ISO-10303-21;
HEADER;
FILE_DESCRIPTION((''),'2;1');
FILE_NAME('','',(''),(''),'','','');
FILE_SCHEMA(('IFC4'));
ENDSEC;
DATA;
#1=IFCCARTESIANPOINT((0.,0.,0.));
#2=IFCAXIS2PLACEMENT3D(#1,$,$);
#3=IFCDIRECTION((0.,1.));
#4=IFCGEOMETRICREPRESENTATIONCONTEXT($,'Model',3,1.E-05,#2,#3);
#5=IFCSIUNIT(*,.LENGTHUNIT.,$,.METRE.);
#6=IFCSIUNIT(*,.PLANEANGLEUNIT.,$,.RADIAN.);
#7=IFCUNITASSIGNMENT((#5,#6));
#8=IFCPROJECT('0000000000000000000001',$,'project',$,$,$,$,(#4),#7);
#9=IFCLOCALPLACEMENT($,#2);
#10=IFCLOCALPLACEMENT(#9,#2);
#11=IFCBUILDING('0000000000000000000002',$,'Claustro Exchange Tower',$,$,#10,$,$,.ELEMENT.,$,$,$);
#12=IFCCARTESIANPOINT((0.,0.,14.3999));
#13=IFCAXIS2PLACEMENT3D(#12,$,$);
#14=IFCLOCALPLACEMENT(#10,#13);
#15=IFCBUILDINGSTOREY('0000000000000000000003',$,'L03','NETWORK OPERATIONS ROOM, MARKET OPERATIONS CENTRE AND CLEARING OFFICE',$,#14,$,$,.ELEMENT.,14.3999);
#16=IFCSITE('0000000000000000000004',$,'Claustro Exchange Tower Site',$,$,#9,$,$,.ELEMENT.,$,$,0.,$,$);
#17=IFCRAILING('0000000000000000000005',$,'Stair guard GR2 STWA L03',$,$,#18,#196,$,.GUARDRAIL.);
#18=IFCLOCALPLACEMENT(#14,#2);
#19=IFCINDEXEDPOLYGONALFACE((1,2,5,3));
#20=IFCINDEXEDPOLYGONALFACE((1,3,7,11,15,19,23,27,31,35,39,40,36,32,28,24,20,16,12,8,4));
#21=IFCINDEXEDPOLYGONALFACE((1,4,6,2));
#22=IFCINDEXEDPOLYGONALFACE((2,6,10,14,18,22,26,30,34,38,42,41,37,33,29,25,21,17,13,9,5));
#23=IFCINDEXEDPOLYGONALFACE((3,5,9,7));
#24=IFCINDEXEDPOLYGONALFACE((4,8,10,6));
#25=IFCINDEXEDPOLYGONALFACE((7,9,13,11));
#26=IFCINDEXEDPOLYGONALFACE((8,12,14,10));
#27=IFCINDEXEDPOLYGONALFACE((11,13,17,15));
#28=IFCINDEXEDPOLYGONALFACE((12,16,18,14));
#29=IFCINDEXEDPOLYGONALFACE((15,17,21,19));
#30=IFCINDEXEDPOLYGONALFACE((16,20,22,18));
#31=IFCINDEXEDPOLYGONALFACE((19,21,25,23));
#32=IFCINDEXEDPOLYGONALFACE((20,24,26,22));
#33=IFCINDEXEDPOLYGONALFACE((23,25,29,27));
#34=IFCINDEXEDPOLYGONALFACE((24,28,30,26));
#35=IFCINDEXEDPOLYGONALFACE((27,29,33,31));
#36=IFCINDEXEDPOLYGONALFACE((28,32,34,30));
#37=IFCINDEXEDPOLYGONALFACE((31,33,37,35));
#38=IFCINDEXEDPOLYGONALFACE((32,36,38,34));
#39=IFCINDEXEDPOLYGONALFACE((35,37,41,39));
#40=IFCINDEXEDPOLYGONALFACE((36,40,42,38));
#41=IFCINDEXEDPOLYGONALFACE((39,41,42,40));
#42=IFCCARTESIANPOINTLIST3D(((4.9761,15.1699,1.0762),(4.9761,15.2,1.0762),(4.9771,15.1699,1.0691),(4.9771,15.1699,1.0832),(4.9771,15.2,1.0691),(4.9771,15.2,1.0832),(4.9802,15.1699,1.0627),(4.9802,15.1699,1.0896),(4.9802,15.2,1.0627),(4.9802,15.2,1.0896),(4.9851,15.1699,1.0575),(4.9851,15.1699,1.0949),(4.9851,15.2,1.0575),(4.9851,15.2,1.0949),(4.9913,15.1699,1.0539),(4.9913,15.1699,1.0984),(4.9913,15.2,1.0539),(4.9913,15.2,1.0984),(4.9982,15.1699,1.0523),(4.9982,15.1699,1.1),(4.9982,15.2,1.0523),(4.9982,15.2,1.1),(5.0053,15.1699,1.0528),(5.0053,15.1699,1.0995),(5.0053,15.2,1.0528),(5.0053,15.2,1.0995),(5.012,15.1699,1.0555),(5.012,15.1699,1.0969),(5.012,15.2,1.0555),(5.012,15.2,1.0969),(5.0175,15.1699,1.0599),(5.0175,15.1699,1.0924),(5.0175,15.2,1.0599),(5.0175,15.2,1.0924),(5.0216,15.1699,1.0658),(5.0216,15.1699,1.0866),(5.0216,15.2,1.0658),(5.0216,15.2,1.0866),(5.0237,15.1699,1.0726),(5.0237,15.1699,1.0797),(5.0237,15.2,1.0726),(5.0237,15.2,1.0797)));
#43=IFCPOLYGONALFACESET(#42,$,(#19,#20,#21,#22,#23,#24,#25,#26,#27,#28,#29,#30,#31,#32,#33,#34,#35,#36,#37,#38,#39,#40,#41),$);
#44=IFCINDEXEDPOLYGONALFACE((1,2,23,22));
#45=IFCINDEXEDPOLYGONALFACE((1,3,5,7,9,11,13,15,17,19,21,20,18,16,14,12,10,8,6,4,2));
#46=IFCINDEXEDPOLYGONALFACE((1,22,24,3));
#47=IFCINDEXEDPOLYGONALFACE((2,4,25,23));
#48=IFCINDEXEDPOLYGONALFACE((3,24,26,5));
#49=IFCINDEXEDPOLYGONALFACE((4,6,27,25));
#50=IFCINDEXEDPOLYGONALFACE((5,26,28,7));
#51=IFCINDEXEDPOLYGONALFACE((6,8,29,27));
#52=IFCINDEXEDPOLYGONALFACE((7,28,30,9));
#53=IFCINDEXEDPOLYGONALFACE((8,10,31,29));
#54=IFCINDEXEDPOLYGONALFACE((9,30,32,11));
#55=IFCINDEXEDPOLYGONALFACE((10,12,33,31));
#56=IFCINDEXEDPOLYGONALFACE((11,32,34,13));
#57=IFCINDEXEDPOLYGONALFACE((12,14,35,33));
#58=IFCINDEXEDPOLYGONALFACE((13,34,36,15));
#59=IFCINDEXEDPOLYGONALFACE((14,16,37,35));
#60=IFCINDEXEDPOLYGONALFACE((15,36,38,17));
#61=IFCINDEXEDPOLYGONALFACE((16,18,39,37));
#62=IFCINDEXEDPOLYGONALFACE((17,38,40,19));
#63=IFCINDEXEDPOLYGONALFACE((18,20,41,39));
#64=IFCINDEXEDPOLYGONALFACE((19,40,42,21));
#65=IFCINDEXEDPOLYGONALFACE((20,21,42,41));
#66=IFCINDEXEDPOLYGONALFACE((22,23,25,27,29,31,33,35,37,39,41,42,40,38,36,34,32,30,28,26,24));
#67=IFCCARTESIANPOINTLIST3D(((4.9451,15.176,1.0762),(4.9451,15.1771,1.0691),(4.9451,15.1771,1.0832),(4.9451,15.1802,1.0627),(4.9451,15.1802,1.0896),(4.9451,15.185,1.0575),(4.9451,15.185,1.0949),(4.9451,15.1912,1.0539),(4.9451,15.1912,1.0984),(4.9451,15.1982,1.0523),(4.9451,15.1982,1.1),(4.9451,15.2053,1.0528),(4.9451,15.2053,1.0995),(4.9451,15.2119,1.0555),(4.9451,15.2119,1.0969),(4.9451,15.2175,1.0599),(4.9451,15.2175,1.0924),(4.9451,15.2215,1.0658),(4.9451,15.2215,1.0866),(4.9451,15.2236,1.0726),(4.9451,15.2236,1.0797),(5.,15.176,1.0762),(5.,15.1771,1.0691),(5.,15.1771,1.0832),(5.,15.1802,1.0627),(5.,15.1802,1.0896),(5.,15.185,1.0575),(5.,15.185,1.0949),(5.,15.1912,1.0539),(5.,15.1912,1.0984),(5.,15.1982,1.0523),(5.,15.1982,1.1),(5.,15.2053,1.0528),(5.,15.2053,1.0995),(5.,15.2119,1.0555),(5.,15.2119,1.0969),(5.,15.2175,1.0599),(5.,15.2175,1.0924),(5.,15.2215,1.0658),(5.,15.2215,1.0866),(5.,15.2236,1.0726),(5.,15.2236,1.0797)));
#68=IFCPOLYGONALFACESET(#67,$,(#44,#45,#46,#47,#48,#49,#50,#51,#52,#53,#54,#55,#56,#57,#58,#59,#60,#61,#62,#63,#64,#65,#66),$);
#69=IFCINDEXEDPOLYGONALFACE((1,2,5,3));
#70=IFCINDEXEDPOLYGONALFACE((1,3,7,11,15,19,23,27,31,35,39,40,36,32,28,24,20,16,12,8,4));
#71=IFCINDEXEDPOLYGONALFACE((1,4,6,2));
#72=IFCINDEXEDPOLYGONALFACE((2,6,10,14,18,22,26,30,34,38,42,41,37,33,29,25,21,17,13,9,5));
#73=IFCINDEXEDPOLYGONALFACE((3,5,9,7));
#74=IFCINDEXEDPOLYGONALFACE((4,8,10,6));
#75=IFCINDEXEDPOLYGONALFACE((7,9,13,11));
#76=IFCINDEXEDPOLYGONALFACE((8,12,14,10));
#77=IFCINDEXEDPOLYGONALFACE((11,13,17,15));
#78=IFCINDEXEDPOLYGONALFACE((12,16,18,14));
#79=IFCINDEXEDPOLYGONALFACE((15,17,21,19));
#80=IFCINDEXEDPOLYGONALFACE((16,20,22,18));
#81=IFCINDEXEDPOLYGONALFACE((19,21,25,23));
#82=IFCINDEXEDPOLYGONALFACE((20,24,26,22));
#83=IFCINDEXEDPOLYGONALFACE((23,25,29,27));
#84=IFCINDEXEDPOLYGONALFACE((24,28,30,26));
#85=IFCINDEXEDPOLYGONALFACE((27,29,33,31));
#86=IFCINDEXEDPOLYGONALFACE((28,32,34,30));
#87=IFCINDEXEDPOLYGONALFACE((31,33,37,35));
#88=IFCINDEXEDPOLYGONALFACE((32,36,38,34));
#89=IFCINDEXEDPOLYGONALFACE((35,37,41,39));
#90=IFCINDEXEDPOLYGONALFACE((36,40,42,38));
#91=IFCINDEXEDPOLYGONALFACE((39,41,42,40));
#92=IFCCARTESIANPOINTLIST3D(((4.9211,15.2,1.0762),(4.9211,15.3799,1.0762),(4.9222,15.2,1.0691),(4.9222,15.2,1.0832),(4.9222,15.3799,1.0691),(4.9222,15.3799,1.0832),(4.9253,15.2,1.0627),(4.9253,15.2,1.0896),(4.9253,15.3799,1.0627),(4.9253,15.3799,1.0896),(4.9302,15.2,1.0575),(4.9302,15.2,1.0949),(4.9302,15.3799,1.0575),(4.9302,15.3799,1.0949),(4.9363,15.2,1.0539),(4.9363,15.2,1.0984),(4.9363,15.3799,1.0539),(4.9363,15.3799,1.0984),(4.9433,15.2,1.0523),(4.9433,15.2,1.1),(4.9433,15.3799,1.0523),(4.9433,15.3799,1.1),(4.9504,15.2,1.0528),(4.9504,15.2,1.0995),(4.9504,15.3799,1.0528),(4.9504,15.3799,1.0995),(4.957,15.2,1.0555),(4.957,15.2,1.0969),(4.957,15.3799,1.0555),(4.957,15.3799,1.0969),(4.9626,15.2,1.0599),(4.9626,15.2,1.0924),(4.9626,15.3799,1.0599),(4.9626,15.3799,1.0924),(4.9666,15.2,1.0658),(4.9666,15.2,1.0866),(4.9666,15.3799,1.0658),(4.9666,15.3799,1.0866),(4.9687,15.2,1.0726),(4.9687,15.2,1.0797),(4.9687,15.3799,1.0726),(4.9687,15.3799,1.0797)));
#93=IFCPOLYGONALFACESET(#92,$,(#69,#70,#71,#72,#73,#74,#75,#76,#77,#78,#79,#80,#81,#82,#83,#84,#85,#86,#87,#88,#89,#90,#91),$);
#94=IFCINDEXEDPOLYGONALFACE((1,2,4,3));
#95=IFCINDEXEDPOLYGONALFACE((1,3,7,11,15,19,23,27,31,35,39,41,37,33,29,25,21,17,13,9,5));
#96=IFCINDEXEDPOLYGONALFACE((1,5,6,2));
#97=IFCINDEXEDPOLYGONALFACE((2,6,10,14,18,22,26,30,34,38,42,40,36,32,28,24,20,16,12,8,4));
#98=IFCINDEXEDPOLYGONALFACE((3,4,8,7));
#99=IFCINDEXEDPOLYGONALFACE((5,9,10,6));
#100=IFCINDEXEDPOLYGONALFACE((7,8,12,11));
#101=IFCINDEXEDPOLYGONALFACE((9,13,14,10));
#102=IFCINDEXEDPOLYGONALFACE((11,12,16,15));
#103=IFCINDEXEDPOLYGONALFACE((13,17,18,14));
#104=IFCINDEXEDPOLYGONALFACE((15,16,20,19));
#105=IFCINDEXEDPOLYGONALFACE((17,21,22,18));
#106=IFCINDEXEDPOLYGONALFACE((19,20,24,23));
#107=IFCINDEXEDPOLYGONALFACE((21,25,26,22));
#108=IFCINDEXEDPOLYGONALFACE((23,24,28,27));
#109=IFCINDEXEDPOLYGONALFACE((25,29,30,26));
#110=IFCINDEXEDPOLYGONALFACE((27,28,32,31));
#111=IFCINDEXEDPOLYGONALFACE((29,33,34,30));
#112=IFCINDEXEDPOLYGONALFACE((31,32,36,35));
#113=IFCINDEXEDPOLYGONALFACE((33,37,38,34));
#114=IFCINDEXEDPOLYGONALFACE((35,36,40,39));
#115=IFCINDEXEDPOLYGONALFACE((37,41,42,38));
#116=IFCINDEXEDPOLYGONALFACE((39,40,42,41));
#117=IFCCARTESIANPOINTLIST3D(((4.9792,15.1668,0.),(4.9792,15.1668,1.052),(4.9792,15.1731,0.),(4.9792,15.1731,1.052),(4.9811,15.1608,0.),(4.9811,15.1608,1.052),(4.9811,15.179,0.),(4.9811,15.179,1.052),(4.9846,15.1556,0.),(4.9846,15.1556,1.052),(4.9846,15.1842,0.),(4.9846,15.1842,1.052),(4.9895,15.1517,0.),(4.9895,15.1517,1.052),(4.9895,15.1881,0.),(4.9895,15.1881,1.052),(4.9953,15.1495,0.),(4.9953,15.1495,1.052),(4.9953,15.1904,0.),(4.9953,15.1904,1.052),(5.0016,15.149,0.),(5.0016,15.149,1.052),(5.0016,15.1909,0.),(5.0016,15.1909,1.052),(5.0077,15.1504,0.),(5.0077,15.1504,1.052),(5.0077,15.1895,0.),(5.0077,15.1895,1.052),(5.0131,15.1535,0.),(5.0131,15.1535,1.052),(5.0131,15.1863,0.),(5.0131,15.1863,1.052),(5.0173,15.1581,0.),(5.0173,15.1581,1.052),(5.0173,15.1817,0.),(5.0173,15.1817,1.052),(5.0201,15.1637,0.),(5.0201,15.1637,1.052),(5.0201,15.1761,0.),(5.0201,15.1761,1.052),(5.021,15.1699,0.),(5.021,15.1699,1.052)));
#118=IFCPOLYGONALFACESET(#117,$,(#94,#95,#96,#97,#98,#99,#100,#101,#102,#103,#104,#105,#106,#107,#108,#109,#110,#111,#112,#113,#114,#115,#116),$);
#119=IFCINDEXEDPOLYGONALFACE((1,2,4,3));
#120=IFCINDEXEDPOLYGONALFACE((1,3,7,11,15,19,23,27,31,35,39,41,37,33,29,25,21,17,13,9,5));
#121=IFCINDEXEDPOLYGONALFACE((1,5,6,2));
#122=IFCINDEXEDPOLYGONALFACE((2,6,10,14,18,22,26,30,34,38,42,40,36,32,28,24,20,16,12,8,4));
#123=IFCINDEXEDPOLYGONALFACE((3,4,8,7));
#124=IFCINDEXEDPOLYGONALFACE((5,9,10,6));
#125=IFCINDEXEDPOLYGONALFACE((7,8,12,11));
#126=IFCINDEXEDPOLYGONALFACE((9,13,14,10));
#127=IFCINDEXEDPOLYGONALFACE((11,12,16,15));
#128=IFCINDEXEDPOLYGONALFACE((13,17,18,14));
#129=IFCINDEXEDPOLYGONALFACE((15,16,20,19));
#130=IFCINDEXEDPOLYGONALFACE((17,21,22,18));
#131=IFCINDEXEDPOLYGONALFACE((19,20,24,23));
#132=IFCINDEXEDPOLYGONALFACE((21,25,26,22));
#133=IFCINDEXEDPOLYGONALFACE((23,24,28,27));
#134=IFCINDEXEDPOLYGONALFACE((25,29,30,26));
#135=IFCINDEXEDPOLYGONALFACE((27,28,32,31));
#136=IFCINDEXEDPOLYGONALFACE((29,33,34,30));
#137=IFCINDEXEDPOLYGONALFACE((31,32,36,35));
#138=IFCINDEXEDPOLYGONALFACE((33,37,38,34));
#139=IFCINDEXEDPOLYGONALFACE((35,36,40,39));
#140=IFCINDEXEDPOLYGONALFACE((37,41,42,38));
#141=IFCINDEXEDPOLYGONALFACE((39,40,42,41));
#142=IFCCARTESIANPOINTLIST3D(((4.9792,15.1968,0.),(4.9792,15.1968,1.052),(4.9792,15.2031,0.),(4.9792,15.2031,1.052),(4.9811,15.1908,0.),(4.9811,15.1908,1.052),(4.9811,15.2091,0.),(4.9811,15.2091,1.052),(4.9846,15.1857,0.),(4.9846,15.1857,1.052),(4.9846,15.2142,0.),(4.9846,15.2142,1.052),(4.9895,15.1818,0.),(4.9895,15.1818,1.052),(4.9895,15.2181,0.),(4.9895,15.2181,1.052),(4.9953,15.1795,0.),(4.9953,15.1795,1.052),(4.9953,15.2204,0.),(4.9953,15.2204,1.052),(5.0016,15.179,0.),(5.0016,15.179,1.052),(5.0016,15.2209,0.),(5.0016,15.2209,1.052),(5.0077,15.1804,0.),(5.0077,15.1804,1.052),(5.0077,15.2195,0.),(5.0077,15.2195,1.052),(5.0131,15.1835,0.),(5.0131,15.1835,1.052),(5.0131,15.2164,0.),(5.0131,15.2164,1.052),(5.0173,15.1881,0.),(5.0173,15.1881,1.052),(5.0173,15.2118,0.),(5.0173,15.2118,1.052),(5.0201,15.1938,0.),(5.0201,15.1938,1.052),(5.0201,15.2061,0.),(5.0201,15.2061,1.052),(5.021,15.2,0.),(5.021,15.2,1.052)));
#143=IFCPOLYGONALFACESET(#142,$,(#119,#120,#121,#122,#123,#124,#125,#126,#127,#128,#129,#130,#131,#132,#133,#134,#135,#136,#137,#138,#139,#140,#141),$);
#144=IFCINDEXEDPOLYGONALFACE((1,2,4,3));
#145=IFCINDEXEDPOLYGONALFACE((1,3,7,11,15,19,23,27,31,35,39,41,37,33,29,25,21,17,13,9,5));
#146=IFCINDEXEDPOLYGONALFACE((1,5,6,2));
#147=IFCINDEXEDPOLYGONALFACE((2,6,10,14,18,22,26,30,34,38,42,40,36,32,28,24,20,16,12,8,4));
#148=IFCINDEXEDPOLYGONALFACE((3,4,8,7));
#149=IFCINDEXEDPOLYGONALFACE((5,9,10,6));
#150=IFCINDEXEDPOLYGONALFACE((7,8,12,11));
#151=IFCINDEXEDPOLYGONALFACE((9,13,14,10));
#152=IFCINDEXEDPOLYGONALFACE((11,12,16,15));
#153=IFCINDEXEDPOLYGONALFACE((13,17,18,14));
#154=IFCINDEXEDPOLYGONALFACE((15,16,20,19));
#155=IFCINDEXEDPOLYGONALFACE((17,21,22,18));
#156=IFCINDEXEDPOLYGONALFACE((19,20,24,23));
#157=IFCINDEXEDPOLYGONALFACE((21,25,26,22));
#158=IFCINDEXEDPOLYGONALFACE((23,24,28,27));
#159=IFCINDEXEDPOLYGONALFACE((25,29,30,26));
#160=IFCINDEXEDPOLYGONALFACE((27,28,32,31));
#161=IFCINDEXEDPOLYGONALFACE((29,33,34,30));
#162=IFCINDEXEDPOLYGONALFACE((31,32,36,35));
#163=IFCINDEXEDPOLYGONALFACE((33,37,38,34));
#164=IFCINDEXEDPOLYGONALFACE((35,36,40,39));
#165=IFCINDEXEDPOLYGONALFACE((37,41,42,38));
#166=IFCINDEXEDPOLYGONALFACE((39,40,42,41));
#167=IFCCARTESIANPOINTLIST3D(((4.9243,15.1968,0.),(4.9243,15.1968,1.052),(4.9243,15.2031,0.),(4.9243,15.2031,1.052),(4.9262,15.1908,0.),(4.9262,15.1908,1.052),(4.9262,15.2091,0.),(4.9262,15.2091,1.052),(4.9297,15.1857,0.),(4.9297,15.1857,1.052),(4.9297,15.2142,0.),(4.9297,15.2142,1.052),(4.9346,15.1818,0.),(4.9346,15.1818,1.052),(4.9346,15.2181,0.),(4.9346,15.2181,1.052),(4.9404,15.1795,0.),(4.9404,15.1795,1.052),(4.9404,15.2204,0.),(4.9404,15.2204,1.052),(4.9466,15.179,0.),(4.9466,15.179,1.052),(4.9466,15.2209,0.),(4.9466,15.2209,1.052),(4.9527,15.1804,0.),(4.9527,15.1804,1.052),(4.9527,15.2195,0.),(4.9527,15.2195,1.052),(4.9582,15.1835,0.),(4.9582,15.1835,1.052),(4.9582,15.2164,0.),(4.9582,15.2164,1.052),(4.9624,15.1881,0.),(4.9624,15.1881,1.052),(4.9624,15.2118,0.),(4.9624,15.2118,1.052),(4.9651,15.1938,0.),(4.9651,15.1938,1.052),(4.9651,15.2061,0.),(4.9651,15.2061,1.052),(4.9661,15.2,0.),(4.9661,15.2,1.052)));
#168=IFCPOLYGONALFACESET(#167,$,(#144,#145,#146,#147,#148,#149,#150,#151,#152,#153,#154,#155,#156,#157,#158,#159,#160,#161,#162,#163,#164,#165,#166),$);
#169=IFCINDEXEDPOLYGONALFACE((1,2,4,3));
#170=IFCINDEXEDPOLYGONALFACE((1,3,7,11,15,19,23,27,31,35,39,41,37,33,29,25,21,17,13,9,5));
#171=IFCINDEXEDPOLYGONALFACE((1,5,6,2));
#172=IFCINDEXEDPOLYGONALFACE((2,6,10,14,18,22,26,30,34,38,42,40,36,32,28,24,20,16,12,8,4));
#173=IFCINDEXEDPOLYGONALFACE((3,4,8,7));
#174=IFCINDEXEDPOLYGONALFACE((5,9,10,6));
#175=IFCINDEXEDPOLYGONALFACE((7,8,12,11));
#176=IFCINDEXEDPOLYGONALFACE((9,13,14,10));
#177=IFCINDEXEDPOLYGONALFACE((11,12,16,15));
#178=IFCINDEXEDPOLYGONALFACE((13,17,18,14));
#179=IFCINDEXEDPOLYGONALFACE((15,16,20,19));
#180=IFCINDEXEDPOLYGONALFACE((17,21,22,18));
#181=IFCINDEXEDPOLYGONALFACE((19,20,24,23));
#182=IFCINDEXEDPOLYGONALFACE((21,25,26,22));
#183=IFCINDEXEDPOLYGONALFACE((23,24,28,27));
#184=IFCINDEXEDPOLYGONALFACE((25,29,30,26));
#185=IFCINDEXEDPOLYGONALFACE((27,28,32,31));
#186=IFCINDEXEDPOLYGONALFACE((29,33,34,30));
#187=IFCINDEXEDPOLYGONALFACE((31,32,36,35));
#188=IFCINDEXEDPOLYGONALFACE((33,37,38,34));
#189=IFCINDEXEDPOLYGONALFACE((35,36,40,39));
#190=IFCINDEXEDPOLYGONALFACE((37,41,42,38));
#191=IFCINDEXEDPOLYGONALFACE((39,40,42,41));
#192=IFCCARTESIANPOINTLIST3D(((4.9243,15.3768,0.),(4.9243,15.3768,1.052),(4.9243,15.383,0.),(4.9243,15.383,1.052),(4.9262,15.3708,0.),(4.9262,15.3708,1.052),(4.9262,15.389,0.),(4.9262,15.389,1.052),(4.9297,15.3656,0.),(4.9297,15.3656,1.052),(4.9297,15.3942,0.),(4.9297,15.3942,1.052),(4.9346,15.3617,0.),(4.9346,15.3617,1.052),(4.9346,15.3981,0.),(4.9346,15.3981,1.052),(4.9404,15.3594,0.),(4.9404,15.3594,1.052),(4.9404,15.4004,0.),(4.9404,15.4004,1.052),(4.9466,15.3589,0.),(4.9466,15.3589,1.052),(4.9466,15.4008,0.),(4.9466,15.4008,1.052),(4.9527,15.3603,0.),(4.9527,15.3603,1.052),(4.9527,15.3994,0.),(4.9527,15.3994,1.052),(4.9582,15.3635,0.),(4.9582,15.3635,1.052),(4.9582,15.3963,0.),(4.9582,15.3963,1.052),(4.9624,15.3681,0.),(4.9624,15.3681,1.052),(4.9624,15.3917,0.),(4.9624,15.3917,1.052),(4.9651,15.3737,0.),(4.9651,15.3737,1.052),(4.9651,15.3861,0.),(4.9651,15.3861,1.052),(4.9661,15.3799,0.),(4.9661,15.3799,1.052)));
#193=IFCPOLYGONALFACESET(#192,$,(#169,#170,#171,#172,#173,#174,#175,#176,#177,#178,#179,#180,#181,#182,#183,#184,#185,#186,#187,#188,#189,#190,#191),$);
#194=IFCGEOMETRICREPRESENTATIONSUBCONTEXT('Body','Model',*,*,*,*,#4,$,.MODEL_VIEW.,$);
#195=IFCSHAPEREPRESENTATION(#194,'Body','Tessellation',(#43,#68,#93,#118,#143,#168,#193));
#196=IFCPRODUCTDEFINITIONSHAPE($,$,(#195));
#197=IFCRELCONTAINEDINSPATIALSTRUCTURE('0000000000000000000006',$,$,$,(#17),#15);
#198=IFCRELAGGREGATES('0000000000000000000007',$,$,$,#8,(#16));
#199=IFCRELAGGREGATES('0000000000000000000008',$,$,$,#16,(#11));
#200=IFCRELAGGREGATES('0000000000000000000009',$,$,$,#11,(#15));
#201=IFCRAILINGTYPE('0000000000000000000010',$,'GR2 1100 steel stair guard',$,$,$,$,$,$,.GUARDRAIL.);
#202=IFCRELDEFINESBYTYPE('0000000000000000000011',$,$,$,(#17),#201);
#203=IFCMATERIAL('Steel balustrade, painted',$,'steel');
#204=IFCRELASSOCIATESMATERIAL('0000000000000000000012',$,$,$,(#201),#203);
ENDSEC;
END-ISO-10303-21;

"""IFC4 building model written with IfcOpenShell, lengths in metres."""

from ifc_helpers import new_model, si_unit, direction, frame, origin, origin_2d, place, context, subcontext, project, spatial, circle, extrude, material, type_object, element, save


model = new_model("IFC4")

# Units and contexts
model_context = context("Model", 3, precision=1e-05, world=origin(), true_north=direction((0.0, 1.0)))
body_context = subcontext(model_context, "Body", "Model", "MODEL_VIEW")
ifc_project = project(units=[si_unit("LENGTHUNIT", "METRE"), si_unit("PLANEANGLEUNIT", "RADIAN")], contexts=[model_context])

# Site, building, storey
site_placement = place(None, origin())
site = spatial("IfcSite", under=ifc_project, at=site_placement, Name="Claustro Exchange Tower Site", CompositionType="ELEMENT", RefElevation=0.0)
building_placement = place(site_placement, origin())
building = spatial("IfcBuilding", under=site, at=building_placement, Name="Claustro Exchange Tower", CompositionType="ELEMENT")
storey_placement = place(building_placement, frame((0.0, 0.0, 14.3999)))
storey = spatial("IfcBuildingStorey", under=building, at=storey_placement, Name="L03", Description="NETWORK OPERATIONS ROOM, MARKET OPERATIONS CENTRE AND CLEARING OFFICE", CompositionType="ELEMENT", Elevation=14.3999)

# Railing
ifc_material_1 = material(Name="Steel balustrade, painted", Category="steel")
railing_type_1 = type_object("IfcRailingType", Name="GR2 1100 steel stair guard", PredefinedType="GUARDRAIL", material=ifc_material_1)
railing_1_placement = place(storey_placement, frame((5.0, 15.1699, 0.0)))
element("IfcRailing", 1, at=railing_1_placement, inside=storey, type_object=railing_type_1, Name="Stair guard GR2 STWA L03", PredefinedType="GUARDRAIL", context=body_context, shape_type="SweptSolid", body=[
    extrude(circle(Radius=0.0239, at=origin_2d()), frame((0.0, 0.0, 1.0762), z_axis=(0.0, 1.0, 0.0), x_axis=(-1.0, 0.0, 0.0)), (0.0, 0.0, 1.0), 0.03),
    extrude(circle(Radius=0.0239, at=origin_2d()), frame((0.0, 0.03, 1.0762), z_axis=(-1.0, 0.0, 0.0), x_axis=(0.0, -1.0, 0.0)), (0.0, 0.0, 1.0), 0.0549),
    extrude(circle(Radius=0.0239, at=origin_2d()), frame((-0.0549, 0.03, 1.0762), z_axis=(0.0, 1.0, 0.0), x_axis=(-1.0, 0.0, 0.0)), (0.0, 0.0, 1.0), 0.1799),
    extrude(circle(Radius=0.021, at=origin_2d()), origin(), (0.0, 0.0, 1.0), 1.052),
    extrude(circle(Radius=0.021, at=origin_2d()), frame((0.0, 0.03, 0.0)), (0.0, 0.0, 1.0), 1.052),
    extrude(circle(Radius=0.021, at=origin_2d()), frame((-0.0549, 0.03, 0.0)), (0.0, 0.0, 1.0), 1.052),
    extrude(circle(Radius=0.021, at=origin_2d()), frame((-0.0549, 0.21, 0.0)), (0.0, 0.0, 1.0), 1.052),
])

save(model, "model.ifc")
